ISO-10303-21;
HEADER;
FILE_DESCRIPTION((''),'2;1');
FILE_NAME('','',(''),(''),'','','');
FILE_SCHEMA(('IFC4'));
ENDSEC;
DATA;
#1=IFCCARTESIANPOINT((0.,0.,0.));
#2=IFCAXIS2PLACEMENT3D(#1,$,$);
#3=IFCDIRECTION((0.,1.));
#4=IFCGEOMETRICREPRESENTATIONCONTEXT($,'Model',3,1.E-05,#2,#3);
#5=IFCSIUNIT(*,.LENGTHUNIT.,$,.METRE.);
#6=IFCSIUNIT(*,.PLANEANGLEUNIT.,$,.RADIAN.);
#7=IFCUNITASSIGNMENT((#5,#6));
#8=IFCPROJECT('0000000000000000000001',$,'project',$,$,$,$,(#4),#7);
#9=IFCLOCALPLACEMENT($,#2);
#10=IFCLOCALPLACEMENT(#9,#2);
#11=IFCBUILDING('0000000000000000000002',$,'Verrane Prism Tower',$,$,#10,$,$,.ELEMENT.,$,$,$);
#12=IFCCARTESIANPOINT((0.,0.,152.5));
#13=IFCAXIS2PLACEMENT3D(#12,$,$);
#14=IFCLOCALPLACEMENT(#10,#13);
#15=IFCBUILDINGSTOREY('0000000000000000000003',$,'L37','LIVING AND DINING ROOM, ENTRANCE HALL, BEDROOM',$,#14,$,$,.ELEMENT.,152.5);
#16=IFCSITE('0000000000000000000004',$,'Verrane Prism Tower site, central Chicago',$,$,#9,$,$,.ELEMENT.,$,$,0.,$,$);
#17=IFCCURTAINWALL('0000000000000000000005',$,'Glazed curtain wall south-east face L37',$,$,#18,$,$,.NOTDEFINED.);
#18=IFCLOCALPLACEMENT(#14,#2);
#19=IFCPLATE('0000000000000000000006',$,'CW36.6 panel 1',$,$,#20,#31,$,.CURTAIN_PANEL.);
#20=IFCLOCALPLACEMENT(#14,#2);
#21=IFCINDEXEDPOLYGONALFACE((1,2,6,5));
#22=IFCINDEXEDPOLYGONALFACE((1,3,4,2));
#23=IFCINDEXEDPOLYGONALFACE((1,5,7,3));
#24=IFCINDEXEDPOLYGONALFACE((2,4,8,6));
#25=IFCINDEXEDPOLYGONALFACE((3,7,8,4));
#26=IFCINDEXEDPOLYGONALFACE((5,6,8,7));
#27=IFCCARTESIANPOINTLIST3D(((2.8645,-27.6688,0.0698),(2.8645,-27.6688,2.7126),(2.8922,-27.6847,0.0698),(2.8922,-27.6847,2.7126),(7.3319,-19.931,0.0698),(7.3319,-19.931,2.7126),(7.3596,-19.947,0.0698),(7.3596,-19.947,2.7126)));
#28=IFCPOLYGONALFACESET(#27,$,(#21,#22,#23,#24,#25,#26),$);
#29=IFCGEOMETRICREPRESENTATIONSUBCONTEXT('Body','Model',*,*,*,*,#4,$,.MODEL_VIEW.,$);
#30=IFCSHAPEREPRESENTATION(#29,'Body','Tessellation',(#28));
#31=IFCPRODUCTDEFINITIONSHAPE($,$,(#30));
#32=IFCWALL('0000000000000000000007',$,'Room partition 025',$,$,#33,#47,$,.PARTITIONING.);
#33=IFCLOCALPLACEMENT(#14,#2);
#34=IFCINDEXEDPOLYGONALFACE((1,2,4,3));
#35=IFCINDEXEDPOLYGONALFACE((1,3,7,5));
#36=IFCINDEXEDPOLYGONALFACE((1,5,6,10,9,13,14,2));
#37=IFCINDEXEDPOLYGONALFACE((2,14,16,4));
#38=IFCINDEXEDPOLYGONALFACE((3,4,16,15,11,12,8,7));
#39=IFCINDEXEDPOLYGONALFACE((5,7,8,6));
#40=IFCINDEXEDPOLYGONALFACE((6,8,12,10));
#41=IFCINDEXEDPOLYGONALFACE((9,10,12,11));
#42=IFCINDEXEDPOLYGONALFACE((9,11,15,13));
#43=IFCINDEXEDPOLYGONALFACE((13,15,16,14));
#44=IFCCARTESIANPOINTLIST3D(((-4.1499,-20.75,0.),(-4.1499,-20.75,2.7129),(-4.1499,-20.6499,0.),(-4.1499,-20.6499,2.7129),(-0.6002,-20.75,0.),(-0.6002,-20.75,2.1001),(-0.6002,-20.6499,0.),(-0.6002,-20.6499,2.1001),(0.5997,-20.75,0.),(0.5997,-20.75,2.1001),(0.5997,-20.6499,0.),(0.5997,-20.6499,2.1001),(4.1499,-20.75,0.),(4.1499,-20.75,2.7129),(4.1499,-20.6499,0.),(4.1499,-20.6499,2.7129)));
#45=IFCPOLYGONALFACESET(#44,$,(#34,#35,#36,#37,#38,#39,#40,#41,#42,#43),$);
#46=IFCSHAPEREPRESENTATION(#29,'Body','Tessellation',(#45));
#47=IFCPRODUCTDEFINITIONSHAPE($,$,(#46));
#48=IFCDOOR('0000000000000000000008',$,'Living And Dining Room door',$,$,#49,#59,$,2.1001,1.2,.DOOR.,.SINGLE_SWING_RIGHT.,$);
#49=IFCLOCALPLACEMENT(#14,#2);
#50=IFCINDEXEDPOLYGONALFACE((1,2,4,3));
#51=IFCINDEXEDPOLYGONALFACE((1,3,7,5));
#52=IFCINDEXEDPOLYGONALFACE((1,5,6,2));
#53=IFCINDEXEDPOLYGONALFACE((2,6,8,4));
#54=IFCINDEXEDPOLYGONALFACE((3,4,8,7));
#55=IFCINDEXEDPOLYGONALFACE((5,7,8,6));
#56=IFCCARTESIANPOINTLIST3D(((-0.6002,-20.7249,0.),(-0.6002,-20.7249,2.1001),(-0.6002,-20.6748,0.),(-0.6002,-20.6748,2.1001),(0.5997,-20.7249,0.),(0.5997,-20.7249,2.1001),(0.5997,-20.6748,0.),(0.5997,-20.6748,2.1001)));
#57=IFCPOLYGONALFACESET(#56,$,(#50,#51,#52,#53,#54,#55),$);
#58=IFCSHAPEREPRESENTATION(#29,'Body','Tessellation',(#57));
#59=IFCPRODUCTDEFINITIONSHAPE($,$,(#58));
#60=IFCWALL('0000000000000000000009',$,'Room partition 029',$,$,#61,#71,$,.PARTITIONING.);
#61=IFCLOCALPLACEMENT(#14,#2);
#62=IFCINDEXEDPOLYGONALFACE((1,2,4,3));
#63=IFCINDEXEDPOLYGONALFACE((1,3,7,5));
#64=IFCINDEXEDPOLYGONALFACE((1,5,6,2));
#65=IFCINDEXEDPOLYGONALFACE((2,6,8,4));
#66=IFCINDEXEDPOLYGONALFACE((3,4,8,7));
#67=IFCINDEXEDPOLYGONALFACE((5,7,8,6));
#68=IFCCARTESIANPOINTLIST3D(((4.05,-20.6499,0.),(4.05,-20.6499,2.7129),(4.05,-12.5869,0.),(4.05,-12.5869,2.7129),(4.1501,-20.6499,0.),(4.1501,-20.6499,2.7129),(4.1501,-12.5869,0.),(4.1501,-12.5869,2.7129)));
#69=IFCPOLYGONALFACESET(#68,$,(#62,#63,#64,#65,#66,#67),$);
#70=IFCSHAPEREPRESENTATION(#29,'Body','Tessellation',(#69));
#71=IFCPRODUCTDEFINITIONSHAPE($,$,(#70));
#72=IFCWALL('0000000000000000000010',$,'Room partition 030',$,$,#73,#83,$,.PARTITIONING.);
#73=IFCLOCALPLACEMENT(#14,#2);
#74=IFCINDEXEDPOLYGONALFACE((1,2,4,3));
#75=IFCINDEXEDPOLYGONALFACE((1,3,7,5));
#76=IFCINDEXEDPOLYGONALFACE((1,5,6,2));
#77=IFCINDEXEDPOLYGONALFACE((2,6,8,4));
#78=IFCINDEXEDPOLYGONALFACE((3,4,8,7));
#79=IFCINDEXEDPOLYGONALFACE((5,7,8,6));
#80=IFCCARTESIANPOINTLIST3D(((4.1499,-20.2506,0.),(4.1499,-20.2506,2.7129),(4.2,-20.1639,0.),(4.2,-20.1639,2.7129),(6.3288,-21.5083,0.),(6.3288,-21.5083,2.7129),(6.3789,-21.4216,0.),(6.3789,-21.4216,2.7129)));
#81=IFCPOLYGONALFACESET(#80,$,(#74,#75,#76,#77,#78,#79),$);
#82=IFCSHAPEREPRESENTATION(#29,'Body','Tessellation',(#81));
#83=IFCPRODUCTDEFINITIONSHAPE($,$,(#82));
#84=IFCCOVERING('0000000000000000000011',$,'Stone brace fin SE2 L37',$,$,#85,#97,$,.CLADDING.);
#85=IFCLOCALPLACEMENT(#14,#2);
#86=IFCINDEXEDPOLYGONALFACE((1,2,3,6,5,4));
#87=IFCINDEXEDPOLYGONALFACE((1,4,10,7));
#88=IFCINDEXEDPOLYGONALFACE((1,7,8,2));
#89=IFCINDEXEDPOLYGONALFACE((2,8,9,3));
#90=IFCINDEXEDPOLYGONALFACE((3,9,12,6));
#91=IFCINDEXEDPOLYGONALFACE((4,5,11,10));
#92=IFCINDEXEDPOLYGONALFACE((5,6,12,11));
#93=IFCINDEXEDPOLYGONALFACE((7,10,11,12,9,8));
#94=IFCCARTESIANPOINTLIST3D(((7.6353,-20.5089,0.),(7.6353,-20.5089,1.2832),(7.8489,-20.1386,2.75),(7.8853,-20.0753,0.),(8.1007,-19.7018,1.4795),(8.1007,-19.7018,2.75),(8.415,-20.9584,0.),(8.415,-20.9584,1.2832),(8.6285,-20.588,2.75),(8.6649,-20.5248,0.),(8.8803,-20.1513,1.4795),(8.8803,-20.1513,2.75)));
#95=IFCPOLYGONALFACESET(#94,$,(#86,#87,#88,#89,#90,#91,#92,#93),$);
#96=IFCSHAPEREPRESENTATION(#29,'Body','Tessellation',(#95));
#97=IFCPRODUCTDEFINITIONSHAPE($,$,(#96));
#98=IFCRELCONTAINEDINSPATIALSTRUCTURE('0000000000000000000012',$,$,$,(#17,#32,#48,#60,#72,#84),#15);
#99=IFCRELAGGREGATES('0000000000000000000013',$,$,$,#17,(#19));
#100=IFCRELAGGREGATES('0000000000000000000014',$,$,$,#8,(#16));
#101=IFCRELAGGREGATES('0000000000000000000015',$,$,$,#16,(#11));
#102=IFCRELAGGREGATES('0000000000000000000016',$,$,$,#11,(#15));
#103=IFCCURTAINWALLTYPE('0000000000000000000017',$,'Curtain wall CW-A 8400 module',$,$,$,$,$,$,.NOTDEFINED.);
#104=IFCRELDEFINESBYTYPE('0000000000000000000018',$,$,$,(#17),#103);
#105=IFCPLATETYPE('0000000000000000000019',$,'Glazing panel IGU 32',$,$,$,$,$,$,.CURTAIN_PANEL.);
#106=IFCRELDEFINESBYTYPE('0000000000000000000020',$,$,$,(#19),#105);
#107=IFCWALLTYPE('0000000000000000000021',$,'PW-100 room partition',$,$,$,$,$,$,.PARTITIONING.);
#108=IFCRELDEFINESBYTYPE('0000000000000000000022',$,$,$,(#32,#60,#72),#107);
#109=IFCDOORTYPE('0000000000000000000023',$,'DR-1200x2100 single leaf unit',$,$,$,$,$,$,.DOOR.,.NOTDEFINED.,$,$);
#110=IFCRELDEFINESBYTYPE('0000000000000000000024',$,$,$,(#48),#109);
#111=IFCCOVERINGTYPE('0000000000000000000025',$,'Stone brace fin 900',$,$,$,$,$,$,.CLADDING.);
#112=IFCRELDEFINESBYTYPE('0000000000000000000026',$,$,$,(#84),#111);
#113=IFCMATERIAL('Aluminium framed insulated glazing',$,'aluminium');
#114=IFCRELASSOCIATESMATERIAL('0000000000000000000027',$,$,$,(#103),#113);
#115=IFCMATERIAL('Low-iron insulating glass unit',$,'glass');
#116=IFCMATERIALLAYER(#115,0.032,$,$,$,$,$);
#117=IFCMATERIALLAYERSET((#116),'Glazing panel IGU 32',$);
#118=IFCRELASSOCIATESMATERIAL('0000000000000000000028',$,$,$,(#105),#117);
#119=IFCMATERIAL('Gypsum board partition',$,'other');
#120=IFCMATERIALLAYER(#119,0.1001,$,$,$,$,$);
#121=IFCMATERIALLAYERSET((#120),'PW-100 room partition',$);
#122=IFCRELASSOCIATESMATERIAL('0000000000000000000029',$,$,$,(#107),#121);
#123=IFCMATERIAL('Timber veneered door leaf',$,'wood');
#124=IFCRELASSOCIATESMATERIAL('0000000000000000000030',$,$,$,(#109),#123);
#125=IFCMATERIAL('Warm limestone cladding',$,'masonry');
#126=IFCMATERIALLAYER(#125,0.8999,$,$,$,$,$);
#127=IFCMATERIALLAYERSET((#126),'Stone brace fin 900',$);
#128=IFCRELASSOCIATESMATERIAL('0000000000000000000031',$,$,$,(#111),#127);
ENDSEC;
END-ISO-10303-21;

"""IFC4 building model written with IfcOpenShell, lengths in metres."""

from ifc_helpers import new_model, si_unit, direction, frame, frame_2d, origin, origin_2d, place, context, subcontext, project, spatial, polyline, rectangle, outline, extrude, material, layer, layer_set, type_object, element, fill, aggregate, save


model = new_model("IFC4")

# Units and contexts
model_context = context("Model", 3, precision=1e-05, world=origin(), true_north=direction((0.0, 1.0)))
body_context = subcontext(model_context, "Body", "Model", "MODEL_VIEW")
ifc_project = project(units=[si_unit("LENGTHUNIT", "METRE"), si_unit("PLANEANGLEUNIT", "RADIAN")], contexts=[model_context])

# Site, building, storey
site_placement = place(None, origin())
site = spatial("IfcSite", under=ifc_project, at=site_placement, Name="Verrane Prism Tower site, central Chicago", CompositionType="ELEMENT", RefElevation=0.0)
building_placement = place(site_placement, origin())
building = spatial("IfcBuilding", under=site, at=building_placement, Name="Verrane Prism Tower", CompositionType="ELEMENT")
storey_placement = place(building_placement, frame((0.0, 0.0, 152.5)))
storey = spatial("IfcBuildingStorey", under=building, at=storey_placement, Name="L37", Description="LIVING AND DINING ROOM, ENTRANCE HALL, BEDROOM", CompositionType="ELEMENT", Elevation=152.5)

# Curtain wall
ifc_material_1 = material(Name="Aluminium framed insulated glazing", Category="aluminium")
curtain_wall_type = type_object("IfcCurtainWallType", Name="Curtain wall CW-A 8400 module", PredefinedType="NOTDEFINED", material=ifc_material_1)
curtain_wall_1_placement = place(storey_placement, origin())
curtain_wall_1 = element("IfcCurtainWall", 1, at=curtain_wall_1_placement, inside=storey, type_object=curtain_wall_type, Name="Glazed curtain wall south-east face L37", PredefinedType="NOTDEFINED")

# Shared definitions
ifc_material_2 = material(Name="Low-iron insulating glass unit", Category="glass")
ifc_layer_1 = layer(ifc_material_2, 0.032)
ifc_layer_set_1 = layer_set([ifc_layer_1], Name="Glazing panel IGU 32")
plate_type = type_object("IfcPlateType", Name="Glazing panel IGU 32", PredefinedType="CURTAIN_PANEL", material=ifc_layer_set_1)

# Plate
plate_1_placement = place(storey_placement, frame((5.1121, -23.8079, 0.0698), z_axis=(0.0, 0.0, 1.0), x_axis=(0.500001, 0.866025, 0.0)))
plate_1 = element("IfcPlate", 2, at=plate_1_placement, type_object=plate_type, Name="CW36.6 panel 1", PredefinedType="CURTAIN_PANEL", context=body_context, shape_type="SweptSolid", body=[
    extrude(rectangle(XDim=8.9348, YDim=0.032, at=origin_2d()), origin(), (0.0, 0.0, 1.0), 2.6428),
])
aggregate(curtain_wall_1, [plate_1])

# Wall, opening, door
ifc_material_3 = material(Name="Gypsum board partition", Category="other")
ifc_layer_2 = layer(ifc_material_3, 0.1001)
ifc_layer_set_2 = layer_set([ifc_layer_2], Name="PW-100 room partition")
wall_type = type_object("IfcWallType", Name="PW-100 room partition", PredefinedType="PARTITIONING", material=ifc_layer_set_2)
wall_1_placement = place(storey_placement, frame((4.1499, -20.7, 0.0), z_axis=(0.0, 0.0, 1.0), x_axis=(-1.0, 0.0, 0.0)))
wall_1 = element("IfcWall", 3, at=wall_1_placement, inside=storey, type_object=wall_type, Name="Room partition 025", PredefinedType="PARTITIONING", context=body_context, shape_type="SweptSolid", body=[
    extrude(rectangle(XDim=8.2998, YDim=0.1001, at=frame_2d((4.1499, 0.0))), origin(), (0.0, 0.0, 1.0), 2.7129),
])
opening_placement = place(wall_1_placement, frame((3.55, 0.0, 0.0)))
opening = element("IfcOpeningElement", 4, at=opening_placement, cuts=wall_1, PredefinedType="OPENING", context=body_context, shape_type="SweptSolid", body=[
    extrude(rectangle(XDim=1.2, YDim=2.1001, at=frame_2d((0.6001, 1.05))), frame((0.0, 0.0601, 0.0), z_axis=(0.0, -1.0, 0.0), x_axis=(1.0, 0.0, 0.0)), (0.0, 0.0, 1.0), 0.1201),
])
ifc_material_4 = material(Name="Timber veneered door leaf", Category="wood")
door_type = type_object("IfcDoorType", Name="DR-1200x2100 single leaf unit", OperationType="NOTDEFINED", PredefinedType="DOOR", material=ifc_material_4)
door_placement = place(opening_placement, origin())
door = element("IfcDoor", 5, at=door_placement, inside=storey, type_object=door_type, Name="Living And Dining Room door", OperationType="SINGLE_SWING_RIGHT", OverallHeight=2.1001, OverallWidth=1.2, PredefinedType="DOOR", context=body_context, shape_type="SweptSolid", body=[
    extrude(rectangle(XDim=1.2, YDim=2.1001, at=frame_2d((0.6001, 1.05))), frame((0.0, 0.0249, 0.0), z_axis=(0.0, -1.0, 0.0), x_axis=(1.0, 0.0, 0.0)), (0.0, 0.0, 1.0), 0.05),
])
fill(opening, door)

# Walls
wall_2_placement = place(storey_placement, frame((4.1001, -20.6499, 0.0), z_axis=(0.0, 0.0, 1.0), x_axis=(0.0, 1.0, 0.0)))
element("IfcWall", 6, at=wall_2_placement, inside=storey, type_object=wall_type, Name="Room partition 029", PredefinedType="PARTITIONING", context=body_context, shape_type="SweptSolid", body=[
    extrude(rectangle(XDim=8.063, YDim=0.1001, at=frame_2d((4.0315, 0.0))), origin(), (0.0, 0.0, 1.0), 2.7129),
])
wall_3_placement = place(storey_placement, frame((4.175, -20.2073, 0.0), z_axis=(0.0, 0.0, 1.0), x_axis=(0.866061, -0.499938, 0.0)))
element("IfcWall", 7, at=wall_3_placement, inside=storey, type_object=wall_type, Name="Room partition 030", PredefinedType="PARTITIONING", context=body_context, shape_type="SweptSolid", body=[
    extrude(rectangle(XDim=2.5159, YDim=0.1001, at=frame_2d((1.2578, 0.0))), origin(), (0.0, 0.0, 1.0), 2.7129),
])

# Covering
ifc_material_5 = material(Name="Warm limestone cladding", Category="masonry")
ifc_layer_3 = layer(ifc_material_5, 0.8999)
ifc_layer_set_3 = layer_set([ifc_layer_3], Name="Stone brace fin 900")
covering_type = type_object("IfcCoveringType", Name="Stone brace fin 900", PredefinedType="CLADDING", material=ifc_layer_set_3)
covering_placement = place(storey_placement, frame((8.0251, -20.7336, 0.0), z_axis=(0.0, 0.0, 1.0), x_axis=(0.499465, 0.866334, 0.0)))
element("IfcCovering", 8, at=covering_placement, inside=storey, type_object=covering_type, Name="Stone brace fin SE2 L37", PredefinedType="CLADDING", context=body_context, shape_type="SweptSolid", body=[
    extrude(outline(polyline([(0.9316, 2.75), (0.4275, 2.75), (0.0, 1.2832), (0.0, 0.0), (0.5005, 0.0), (0.9316, 1.4795), (0.9316, 2.75)])), frame((0.0, 0.45, 0.0), z_axis=(0.0, -1.0, 0.0), x_axis=(1.0, 0.0, 0.0)), (0.0, 0.0, 1.0), 0.8999),
])

save(model, "model.ifc")
